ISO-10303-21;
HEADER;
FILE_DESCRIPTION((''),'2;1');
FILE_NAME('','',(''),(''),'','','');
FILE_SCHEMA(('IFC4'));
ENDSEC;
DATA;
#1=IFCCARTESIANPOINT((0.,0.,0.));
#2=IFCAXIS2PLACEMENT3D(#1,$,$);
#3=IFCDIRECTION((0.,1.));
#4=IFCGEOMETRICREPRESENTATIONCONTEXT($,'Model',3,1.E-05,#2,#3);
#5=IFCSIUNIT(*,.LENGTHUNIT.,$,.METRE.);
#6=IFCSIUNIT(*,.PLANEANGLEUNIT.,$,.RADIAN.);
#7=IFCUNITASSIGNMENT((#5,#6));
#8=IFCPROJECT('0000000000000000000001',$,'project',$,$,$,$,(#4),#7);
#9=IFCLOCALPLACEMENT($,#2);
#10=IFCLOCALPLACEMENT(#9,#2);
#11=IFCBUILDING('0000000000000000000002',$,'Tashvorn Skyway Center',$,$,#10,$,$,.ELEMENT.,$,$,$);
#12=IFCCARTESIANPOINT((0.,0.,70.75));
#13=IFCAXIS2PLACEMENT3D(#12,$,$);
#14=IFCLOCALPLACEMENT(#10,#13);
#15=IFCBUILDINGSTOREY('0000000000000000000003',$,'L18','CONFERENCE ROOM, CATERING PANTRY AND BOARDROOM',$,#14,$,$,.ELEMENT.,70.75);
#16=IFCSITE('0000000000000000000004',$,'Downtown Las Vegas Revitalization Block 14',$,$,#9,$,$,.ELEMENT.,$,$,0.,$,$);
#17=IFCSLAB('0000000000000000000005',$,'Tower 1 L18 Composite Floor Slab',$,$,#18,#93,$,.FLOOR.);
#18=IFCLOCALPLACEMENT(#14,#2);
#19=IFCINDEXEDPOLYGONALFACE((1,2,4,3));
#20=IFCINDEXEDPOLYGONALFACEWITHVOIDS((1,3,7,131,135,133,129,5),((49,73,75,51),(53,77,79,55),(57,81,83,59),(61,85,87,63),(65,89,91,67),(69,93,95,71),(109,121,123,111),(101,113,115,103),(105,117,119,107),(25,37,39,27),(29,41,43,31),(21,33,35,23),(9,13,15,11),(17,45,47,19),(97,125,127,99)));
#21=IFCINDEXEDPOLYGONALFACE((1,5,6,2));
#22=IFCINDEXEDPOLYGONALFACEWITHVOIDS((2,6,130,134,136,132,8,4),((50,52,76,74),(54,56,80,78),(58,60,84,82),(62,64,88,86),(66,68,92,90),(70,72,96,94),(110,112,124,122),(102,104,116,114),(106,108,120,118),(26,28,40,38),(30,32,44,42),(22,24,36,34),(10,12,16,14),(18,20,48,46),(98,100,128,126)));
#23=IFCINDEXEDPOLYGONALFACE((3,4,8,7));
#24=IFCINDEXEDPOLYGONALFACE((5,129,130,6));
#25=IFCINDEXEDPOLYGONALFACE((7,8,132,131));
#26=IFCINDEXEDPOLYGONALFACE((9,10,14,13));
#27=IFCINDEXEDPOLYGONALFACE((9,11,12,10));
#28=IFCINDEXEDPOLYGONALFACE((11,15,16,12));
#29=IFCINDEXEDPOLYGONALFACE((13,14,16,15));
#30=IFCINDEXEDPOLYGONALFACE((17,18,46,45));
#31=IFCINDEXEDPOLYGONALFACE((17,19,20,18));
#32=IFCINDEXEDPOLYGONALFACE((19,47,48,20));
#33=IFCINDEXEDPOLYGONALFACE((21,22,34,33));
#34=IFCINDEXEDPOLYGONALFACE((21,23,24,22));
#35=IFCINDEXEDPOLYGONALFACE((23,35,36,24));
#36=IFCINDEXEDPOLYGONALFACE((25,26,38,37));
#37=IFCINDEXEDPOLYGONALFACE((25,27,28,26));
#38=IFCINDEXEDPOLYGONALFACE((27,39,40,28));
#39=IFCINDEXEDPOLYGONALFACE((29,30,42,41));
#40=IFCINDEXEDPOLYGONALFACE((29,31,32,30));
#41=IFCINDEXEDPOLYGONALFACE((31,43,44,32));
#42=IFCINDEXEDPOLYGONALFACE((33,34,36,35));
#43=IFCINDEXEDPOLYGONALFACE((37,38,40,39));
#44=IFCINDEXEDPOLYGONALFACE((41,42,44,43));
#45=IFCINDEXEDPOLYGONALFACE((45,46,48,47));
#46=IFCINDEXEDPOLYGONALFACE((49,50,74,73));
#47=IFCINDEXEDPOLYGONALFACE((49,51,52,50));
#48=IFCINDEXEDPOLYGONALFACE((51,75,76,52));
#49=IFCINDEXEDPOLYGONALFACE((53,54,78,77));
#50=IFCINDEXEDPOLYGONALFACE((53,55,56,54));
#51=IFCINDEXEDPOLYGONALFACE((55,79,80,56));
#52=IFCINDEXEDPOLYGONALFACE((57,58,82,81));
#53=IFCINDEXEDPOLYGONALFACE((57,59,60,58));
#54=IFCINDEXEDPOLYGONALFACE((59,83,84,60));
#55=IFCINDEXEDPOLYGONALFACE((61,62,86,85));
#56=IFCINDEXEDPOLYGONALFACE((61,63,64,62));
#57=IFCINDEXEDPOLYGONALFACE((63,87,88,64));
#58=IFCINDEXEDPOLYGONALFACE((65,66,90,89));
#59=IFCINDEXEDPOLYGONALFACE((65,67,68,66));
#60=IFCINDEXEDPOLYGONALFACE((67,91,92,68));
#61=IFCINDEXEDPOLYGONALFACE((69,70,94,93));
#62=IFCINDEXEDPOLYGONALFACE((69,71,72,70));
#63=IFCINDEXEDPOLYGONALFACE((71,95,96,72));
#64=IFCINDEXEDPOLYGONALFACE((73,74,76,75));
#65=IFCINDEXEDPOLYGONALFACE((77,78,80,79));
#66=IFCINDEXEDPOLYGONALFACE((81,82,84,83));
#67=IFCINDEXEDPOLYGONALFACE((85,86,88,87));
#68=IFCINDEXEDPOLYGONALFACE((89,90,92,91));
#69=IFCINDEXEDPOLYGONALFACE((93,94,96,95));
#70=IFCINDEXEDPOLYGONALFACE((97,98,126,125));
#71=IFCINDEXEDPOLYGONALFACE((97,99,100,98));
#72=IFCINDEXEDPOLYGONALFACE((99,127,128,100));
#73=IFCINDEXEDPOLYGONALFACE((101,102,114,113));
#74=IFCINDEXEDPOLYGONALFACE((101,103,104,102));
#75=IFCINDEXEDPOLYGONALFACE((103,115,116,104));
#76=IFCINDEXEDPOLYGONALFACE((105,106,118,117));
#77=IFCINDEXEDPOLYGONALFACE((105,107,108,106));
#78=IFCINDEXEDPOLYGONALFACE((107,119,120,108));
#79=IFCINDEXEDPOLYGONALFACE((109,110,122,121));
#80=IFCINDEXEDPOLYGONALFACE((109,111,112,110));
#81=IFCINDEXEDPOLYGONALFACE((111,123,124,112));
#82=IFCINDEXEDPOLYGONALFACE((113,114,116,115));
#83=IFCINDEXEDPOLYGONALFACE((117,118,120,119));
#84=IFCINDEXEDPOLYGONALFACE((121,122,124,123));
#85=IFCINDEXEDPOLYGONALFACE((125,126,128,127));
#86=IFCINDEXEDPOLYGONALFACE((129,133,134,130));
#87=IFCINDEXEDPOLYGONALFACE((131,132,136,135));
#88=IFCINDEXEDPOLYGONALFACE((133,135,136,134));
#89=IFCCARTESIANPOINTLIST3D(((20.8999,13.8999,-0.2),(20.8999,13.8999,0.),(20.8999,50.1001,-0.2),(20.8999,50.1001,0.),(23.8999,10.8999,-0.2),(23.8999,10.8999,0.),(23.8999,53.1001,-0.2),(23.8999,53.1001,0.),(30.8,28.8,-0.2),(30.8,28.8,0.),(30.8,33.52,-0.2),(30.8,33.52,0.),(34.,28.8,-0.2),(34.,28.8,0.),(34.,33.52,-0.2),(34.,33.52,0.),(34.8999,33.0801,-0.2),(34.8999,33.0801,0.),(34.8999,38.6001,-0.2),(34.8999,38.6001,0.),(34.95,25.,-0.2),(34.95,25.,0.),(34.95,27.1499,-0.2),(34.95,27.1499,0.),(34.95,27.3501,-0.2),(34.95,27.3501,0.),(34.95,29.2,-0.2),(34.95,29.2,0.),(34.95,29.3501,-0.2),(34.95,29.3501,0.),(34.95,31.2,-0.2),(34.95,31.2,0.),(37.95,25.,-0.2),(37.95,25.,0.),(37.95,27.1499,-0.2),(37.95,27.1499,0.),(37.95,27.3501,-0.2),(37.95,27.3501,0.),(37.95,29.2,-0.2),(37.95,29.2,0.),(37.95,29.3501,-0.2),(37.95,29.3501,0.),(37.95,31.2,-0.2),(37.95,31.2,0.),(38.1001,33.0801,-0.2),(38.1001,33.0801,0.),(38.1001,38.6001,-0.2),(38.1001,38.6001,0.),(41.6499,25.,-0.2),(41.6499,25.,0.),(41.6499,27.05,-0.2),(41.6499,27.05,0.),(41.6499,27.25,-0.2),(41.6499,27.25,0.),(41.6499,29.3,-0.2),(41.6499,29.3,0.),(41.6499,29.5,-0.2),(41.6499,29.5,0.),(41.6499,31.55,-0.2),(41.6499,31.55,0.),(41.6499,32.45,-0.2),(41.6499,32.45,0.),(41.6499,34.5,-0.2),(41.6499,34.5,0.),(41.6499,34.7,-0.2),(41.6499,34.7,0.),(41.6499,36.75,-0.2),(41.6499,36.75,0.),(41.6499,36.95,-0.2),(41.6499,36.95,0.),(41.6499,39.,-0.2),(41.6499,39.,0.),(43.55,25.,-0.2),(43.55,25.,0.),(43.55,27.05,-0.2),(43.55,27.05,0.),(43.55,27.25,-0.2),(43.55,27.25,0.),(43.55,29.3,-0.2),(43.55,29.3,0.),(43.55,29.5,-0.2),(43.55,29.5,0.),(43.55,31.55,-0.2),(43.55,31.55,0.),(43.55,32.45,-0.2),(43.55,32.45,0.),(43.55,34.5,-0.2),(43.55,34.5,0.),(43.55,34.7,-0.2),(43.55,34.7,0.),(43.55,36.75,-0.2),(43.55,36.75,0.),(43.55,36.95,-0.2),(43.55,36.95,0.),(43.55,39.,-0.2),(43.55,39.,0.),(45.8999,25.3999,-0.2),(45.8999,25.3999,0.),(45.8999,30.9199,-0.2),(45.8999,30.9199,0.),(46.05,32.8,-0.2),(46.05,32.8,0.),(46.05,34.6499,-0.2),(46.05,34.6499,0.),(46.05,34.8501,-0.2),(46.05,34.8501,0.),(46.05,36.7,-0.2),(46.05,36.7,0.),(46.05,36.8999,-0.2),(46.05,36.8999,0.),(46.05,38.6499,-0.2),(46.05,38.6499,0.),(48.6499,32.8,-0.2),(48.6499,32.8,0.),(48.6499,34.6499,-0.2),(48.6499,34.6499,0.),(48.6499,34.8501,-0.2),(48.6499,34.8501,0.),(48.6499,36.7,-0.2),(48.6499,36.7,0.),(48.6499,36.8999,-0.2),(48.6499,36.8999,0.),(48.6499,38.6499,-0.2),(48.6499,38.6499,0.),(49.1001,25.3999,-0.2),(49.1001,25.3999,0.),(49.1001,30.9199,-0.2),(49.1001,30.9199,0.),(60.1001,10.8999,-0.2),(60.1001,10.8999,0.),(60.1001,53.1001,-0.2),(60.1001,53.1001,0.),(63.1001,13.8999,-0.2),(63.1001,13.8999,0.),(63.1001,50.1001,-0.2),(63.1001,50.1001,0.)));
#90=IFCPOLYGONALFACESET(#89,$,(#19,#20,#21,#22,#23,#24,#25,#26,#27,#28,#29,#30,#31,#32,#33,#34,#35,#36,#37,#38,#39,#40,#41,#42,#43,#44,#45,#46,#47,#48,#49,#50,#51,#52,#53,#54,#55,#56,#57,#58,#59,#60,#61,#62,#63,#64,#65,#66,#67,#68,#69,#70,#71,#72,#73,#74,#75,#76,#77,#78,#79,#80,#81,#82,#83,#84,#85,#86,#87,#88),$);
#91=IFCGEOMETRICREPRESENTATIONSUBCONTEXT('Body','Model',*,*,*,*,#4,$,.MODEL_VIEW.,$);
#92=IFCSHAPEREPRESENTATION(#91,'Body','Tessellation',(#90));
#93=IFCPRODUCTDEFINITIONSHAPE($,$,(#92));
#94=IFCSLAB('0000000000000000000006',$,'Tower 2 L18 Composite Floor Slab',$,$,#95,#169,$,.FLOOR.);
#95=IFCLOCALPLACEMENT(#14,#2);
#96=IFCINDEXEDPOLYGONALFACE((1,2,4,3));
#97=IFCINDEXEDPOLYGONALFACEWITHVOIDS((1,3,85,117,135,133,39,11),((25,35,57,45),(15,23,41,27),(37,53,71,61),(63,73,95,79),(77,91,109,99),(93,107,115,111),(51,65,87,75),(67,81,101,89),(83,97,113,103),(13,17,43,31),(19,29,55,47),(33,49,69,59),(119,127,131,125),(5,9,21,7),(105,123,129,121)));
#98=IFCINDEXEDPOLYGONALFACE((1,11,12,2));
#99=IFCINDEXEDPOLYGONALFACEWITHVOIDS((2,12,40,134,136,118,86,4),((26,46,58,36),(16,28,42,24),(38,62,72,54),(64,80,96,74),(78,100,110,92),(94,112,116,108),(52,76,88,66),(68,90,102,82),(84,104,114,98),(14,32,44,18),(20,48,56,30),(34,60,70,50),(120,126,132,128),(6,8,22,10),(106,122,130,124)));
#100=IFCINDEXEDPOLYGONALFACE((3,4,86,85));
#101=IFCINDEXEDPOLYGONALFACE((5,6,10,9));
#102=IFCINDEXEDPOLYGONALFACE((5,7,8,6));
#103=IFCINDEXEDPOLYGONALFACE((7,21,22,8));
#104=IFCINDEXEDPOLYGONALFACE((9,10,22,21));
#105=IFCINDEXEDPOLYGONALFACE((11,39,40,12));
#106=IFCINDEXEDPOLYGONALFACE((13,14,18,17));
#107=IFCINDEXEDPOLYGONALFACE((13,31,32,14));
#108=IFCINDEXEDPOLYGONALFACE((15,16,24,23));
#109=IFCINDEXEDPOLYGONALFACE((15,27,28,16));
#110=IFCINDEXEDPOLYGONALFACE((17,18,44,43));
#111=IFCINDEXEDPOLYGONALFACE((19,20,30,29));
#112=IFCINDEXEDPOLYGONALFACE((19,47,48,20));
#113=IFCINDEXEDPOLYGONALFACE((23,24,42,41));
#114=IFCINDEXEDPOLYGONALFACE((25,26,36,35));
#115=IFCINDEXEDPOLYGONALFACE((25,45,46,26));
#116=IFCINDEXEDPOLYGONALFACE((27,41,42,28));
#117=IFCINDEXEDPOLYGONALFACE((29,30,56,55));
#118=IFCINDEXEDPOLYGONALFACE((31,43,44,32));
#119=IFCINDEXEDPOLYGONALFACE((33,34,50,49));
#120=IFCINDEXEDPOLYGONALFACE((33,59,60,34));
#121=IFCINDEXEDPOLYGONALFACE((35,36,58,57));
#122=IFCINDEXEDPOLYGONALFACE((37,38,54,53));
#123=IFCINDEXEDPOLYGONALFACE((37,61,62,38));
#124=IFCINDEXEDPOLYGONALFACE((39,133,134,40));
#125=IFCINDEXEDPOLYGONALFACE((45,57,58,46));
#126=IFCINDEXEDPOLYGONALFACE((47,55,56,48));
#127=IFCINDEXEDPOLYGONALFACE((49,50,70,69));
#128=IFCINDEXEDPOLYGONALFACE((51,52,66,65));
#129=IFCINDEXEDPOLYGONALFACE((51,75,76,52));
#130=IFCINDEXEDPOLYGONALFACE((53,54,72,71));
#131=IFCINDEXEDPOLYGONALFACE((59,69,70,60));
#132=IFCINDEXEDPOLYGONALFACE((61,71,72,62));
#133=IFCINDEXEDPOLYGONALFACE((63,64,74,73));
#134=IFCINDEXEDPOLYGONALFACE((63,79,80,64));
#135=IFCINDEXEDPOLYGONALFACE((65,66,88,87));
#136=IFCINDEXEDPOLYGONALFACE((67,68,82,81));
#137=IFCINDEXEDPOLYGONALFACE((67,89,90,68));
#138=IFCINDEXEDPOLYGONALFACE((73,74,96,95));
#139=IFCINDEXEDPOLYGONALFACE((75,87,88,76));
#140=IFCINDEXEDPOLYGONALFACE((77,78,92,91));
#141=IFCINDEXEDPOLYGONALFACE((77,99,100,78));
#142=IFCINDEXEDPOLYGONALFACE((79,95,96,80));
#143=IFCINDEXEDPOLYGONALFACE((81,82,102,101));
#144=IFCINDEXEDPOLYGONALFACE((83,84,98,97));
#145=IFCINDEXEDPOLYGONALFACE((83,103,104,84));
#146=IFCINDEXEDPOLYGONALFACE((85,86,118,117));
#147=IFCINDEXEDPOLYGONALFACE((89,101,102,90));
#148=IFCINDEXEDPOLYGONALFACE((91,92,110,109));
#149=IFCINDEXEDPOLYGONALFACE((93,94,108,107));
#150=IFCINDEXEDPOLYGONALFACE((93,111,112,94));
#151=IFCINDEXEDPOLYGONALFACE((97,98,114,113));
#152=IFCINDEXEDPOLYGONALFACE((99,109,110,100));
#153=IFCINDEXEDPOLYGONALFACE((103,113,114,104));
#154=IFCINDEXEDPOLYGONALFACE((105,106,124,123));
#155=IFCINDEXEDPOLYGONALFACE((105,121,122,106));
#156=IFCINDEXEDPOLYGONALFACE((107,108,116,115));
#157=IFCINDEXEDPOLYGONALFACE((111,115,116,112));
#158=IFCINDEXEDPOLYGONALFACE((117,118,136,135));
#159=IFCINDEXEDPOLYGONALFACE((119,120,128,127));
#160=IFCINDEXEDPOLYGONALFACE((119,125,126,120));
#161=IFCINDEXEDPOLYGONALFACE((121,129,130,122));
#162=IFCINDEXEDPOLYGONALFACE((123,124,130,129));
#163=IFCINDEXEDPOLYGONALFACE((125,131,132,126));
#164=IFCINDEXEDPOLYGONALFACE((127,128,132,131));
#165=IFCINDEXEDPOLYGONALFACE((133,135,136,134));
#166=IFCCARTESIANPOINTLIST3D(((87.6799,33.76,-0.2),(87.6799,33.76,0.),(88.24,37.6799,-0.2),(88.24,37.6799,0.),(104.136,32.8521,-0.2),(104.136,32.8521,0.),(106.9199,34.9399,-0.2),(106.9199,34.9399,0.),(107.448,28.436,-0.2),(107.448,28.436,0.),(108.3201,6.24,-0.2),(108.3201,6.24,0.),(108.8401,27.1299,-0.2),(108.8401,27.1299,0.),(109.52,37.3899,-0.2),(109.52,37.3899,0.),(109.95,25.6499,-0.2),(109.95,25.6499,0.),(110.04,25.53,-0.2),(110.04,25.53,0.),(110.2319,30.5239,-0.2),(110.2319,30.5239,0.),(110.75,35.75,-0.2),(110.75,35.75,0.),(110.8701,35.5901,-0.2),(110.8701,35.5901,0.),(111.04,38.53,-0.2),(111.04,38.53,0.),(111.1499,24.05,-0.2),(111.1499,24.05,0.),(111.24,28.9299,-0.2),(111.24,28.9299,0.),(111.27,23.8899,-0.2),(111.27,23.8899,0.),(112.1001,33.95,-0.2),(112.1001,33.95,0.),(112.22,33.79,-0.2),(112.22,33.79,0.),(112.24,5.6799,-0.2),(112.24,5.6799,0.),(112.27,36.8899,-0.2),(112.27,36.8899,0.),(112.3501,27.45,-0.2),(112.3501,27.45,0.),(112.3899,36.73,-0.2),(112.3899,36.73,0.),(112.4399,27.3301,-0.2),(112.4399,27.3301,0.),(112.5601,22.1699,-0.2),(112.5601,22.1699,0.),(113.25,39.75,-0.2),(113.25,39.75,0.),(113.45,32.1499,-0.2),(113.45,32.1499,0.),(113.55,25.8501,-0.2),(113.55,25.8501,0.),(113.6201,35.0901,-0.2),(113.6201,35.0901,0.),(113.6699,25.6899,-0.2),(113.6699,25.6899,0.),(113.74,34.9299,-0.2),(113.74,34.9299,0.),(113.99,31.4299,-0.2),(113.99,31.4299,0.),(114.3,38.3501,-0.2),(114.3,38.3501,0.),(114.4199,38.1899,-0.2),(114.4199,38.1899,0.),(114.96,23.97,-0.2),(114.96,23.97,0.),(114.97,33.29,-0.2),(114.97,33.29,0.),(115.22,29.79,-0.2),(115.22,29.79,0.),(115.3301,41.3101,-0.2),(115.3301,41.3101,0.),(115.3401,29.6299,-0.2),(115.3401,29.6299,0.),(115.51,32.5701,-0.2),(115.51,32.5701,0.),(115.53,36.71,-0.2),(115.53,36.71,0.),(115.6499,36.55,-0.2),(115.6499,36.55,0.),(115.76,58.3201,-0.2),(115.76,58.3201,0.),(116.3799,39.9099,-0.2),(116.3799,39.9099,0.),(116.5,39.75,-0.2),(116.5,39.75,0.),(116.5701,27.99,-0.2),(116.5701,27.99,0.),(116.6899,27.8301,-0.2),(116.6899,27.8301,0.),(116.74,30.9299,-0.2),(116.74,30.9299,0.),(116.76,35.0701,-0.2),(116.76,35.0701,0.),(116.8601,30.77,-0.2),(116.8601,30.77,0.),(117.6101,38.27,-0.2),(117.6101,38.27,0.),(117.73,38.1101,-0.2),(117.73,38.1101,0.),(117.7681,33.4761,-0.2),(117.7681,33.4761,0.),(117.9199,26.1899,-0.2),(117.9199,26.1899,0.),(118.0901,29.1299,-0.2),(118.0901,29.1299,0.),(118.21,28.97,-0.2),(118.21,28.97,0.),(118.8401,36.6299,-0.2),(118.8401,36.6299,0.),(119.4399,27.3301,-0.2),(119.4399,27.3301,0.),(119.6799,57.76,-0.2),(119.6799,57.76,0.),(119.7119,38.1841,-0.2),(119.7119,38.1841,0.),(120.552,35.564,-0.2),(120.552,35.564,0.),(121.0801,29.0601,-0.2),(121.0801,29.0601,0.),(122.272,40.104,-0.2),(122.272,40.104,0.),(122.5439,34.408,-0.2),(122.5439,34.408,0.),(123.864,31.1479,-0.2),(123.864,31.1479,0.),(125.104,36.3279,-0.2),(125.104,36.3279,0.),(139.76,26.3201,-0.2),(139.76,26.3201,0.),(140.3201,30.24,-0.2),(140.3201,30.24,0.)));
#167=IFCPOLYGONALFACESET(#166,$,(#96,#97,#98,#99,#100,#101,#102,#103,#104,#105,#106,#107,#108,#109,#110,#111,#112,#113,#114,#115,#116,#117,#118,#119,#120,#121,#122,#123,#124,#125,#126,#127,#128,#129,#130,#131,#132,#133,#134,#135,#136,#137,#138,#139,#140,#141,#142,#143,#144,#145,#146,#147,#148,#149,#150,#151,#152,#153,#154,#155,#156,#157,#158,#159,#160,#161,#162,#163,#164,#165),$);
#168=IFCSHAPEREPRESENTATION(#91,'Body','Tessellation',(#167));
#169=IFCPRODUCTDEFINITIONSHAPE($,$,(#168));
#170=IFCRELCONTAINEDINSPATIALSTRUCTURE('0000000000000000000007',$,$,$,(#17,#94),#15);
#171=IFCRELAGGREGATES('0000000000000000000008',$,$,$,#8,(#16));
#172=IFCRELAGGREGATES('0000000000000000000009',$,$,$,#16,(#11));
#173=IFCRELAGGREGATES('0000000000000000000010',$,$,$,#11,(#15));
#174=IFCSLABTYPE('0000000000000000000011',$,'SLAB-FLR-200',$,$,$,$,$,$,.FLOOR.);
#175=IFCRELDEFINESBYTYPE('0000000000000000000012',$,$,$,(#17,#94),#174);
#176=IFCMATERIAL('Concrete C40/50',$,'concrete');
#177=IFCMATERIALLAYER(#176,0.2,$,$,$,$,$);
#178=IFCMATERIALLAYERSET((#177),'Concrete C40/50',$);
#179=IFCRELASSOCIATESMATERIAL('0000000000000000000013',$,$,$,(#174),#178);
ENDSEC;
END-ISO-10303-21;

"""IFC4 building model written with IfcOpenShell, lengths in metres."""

from ifc_helpers import new_model, si_unit, direction, frame, origin, place, context, subcontext, project, spatial, polyline, outline, extrude, material, layer, layer_set, type_object, element, save


model = new_model("IFC4")

# Units and contexts
model_context = context("Model", 3, precision=1e-05, world=origin(), true_north=direction((0.0, 1.0)))
body_context = subcontext(model_context, "Body", "Model", "MODEL_VIEW")
ifc_project = project(units=[si_unit("LENGTHUNIT", "METRE"), si_unit("PLANEANGLEUNIT", "RADIAN")], contexts=[model_context])

# Site, building, storey
site_placement = place(None, origin())
site = spatial("IfcSite", under=ifc_project, at=site_placement, Name="Downtown Las Vegas Revitalization Block 14", CompositionType="ELEMENT", RefElevation=0.0)
building_placement = place(site_placement, origin())
building = spatial("IfcBuilding", under=site, at=building_placement, Name="Tashvorn Skyway Center", CompositionType="ELEMENT")
storey_placement = place(building_placement, frame((0.0, 0.0, 70.75)))
storey = spatial("IfcBuildingStorey", under=building, at=storey_placement, Name="L18", Description="CONFERENCE ROOM, CATERING PANTRY AND BOARDROOM", CompositionType="ELEMENT", Elevation=70.75)

# Slabs
ifc_material_1 = material(Name="Concrete C40/50", Category="concrete")
ifc_layer_1 = layer(ifc_material_1, 0.2)
ifc_layer_set_1 = layer_set([ifc_layer_1], Name="Concrete C40/50")
slab_type_1 = type_object("IfcSlabType", Name="SLAB-FLR-200", PredefinedType="FLOOR", material=ifc_layer_set_1)
slab_1_placement = place(storey_placement, frame((0.0, 0.0, -0.2)))
element("IfcSlab", 1, at=slab_1_placement, inside=storey, type_object=slab_type_1, Name="Tower 1 L18 Composite Floor Slab", PredefinedType="FLOOR", context=body_context, shape_type="SweptSolid", body=[
    extrude(outline(polyline([(23.8999, 10.8999), (60.1001, 10.8999), (63.1001, 13.8999), (63.1001, 50.1001), (60.1001, 53.1001), (23.8999, 53.1001), (20.8999, 50.1001), (20.8999, 13.8999), (23.8999, 10.8999)]), holes=[polyline([(38.1001, 33.0801), (38.1001, 38.6001), (34.8999, 38.6001), (34.8999, 33.0801), (38.1001, 33.0801)]), polyline([(45.8999, 30.9199), (45.8999, 25.3999), (49.1001, 25.3999), (49.1001, 30.9199), (45.8999, 30.9199)]), polyline([(30.8, 33.52), (30.8, 28.8), (34.0, 28.8), (34.0, 33.52), (30.8, 33.52)]), polyline([(34.95, 29.3501), (37.95, 29.3501), (37.95, 31.2), (34.95, 31.2), (34.95, 29.3501)]), polyline([(34.95, 27.3501), (37.95, 27.3501), (37.95, 29.2), (34.95, 29.2), (34.95, 27.3501)]), polyline([(34.95, 25.0), (37.95, 25.0), (37.95, 27.1499), (34.95, 27.1499), (34.95, 25.0)]), polyline([(41.6499, 25.0), (43.55, 25.0), (43.55, 27.05), (41.6499, 27.05), (41.6499, 25.0)]), polyline([(41.6499, 27.25), (43.55, 27.25), (43.55, 29.3), (41.6499, 29.3), (41.6499, 27.25)]), polyline([(41.6499, 29.5), (43.55, 29.5), (43.55, 31.55), (41.6499, 31.55), (41.6499, 29.5)]), polyline([(41.6499, 32.45), (43.55, 32.45), (43.55, 34.5), (41.6499, 34.5), (41.6499, 32.45)]), polyline([(41.6499, 34.7), (43.55, 34.7), (43.55, 36.75), (41.6499, 36.75), (41.6499, 34.7)]), polyline([(41.6499, 36.95), (43.55, 36.95), (43.55, 39.0), (41.6499, 39.0), (41.6499, 36.95)]), polyline([(46.05, 32.8), (48.6499, 32.8), (48.6499, 34.6499), (46.05, 34.6499), (46.05, 32.8)]), polyline([(46.05, 34.8501), (48.6499, 34.8501), (48.6499, 36.7), (46.05, 36.7), (46.05, 34.8501)]), polyline([(46.05, 36.8999), (48.6499, 36.8999), (48.6499, 38.6499), (46.05, 38.6499), (46.05, 36.8999)])]), origin(), (0.0, 0.0, 1.0), 0.2),
])
slab_2_placement = place(storey_placement, frame((0.0, 0.0, -0.2)))
element("IfcSlab", 2, at=slab_2_placement, inside=storey, type_object=slab_type_1, Name="Tower 2 L18 Composite Floor Slab", PredefinedType="FLOOR", context=body_context, shape_type="SweptSolid", body=[
    extrude(outline(polyline([(112.24, 5.6799), (139.76, 26.3201), (140.3201, 30.24), (119.6799, 57.76), (115.76, 58.3201), (88.24, 37.6799), (87.6799, 33.76), (108.3201, 6.24), (112.24, 5.6799)]), holes=[polyline([(110.2319, 30.5239), (106.9199, 34.9399), (104.136, 32.8521), (107.448, 28.436), (110.2319, 30.5239)]), polyline([(117.7681, 33.4761), (121.0801, 29.0601), (123.864, 31.1479), (120.552, 35.564), (117.7681, 33.4761)]), polyline([(119.7119, 38.1841), (122.5439, 34.408), (125.104, 36.3279), (122.272, 40.104), (119.7119, 38.1841)]), polyline([(109.95, 25.6499), (112.3501, 27.45), (111.24, 28.9299), (108.8401, 27.1299), (109.95, 25.6499)]), polyline([(111.1499, 24.05), (113.55, 25.8501), (112.4399, 27.3301), (110.04, 25.53), (111.1499, 24.05)]), polyline([(112.5601, 22.1699), (114.96, 23.97), (113.6699, 25.6899), (111.27, 23.8899), (112.5601, 22.1699)]), polyline([(117.9199, 26.1899), (119.4399, 27.3301), (118.21, 28.97), (116.6899, 27.8301), (117.9199, 26.1899)]), polyline([(116.5701, 27.99), (118.0901, 29.1299), (116.8601, 30.77), (115.3401, 29.6299), (116.5701, 27.99)]), polyline([(115.22, 29.79), (116.74, 30.9299), (115.51, 32.5701), (113.99, 31.4299), (115.22, 29.79)]), polyline([(113.45, 32.1499), (114.97, 33.29), (113.74, 34.9299), (112.22, 33.79), (113.45, 32.1499)]), polyline([(112.1001, 33.95), (113.6201, 35.0901), (112.3899, 36.73), (110.8701, 35.5901), (112.1001, 33.95)]), polyline([(110.75, 35.75), (112.27, 36.8899), (111.04, 38.53), (109.52, 37.3899), (110.75, 35.75)]), polyline([(116.76, 35.0701), (118.8401, 36.6299), (117.73, 38.1101), (115.6499, 36.55), (116.76, 35.0701)]), polyline([(115.53, 36.71), (117.6101, 38.27), (116.5, 39.75), (114.4199, 38.1899), (115.53, 36.71)]), polyline([(114.3, 38.3501), (116.3799, 39.9099), (115.3301, 41.3101), (113.25, 39.75), (114.3, 38.3501)])]), origin(), (0.0, 0.0, 1.0), 0.2),
])

save(model, "model.ifc")
